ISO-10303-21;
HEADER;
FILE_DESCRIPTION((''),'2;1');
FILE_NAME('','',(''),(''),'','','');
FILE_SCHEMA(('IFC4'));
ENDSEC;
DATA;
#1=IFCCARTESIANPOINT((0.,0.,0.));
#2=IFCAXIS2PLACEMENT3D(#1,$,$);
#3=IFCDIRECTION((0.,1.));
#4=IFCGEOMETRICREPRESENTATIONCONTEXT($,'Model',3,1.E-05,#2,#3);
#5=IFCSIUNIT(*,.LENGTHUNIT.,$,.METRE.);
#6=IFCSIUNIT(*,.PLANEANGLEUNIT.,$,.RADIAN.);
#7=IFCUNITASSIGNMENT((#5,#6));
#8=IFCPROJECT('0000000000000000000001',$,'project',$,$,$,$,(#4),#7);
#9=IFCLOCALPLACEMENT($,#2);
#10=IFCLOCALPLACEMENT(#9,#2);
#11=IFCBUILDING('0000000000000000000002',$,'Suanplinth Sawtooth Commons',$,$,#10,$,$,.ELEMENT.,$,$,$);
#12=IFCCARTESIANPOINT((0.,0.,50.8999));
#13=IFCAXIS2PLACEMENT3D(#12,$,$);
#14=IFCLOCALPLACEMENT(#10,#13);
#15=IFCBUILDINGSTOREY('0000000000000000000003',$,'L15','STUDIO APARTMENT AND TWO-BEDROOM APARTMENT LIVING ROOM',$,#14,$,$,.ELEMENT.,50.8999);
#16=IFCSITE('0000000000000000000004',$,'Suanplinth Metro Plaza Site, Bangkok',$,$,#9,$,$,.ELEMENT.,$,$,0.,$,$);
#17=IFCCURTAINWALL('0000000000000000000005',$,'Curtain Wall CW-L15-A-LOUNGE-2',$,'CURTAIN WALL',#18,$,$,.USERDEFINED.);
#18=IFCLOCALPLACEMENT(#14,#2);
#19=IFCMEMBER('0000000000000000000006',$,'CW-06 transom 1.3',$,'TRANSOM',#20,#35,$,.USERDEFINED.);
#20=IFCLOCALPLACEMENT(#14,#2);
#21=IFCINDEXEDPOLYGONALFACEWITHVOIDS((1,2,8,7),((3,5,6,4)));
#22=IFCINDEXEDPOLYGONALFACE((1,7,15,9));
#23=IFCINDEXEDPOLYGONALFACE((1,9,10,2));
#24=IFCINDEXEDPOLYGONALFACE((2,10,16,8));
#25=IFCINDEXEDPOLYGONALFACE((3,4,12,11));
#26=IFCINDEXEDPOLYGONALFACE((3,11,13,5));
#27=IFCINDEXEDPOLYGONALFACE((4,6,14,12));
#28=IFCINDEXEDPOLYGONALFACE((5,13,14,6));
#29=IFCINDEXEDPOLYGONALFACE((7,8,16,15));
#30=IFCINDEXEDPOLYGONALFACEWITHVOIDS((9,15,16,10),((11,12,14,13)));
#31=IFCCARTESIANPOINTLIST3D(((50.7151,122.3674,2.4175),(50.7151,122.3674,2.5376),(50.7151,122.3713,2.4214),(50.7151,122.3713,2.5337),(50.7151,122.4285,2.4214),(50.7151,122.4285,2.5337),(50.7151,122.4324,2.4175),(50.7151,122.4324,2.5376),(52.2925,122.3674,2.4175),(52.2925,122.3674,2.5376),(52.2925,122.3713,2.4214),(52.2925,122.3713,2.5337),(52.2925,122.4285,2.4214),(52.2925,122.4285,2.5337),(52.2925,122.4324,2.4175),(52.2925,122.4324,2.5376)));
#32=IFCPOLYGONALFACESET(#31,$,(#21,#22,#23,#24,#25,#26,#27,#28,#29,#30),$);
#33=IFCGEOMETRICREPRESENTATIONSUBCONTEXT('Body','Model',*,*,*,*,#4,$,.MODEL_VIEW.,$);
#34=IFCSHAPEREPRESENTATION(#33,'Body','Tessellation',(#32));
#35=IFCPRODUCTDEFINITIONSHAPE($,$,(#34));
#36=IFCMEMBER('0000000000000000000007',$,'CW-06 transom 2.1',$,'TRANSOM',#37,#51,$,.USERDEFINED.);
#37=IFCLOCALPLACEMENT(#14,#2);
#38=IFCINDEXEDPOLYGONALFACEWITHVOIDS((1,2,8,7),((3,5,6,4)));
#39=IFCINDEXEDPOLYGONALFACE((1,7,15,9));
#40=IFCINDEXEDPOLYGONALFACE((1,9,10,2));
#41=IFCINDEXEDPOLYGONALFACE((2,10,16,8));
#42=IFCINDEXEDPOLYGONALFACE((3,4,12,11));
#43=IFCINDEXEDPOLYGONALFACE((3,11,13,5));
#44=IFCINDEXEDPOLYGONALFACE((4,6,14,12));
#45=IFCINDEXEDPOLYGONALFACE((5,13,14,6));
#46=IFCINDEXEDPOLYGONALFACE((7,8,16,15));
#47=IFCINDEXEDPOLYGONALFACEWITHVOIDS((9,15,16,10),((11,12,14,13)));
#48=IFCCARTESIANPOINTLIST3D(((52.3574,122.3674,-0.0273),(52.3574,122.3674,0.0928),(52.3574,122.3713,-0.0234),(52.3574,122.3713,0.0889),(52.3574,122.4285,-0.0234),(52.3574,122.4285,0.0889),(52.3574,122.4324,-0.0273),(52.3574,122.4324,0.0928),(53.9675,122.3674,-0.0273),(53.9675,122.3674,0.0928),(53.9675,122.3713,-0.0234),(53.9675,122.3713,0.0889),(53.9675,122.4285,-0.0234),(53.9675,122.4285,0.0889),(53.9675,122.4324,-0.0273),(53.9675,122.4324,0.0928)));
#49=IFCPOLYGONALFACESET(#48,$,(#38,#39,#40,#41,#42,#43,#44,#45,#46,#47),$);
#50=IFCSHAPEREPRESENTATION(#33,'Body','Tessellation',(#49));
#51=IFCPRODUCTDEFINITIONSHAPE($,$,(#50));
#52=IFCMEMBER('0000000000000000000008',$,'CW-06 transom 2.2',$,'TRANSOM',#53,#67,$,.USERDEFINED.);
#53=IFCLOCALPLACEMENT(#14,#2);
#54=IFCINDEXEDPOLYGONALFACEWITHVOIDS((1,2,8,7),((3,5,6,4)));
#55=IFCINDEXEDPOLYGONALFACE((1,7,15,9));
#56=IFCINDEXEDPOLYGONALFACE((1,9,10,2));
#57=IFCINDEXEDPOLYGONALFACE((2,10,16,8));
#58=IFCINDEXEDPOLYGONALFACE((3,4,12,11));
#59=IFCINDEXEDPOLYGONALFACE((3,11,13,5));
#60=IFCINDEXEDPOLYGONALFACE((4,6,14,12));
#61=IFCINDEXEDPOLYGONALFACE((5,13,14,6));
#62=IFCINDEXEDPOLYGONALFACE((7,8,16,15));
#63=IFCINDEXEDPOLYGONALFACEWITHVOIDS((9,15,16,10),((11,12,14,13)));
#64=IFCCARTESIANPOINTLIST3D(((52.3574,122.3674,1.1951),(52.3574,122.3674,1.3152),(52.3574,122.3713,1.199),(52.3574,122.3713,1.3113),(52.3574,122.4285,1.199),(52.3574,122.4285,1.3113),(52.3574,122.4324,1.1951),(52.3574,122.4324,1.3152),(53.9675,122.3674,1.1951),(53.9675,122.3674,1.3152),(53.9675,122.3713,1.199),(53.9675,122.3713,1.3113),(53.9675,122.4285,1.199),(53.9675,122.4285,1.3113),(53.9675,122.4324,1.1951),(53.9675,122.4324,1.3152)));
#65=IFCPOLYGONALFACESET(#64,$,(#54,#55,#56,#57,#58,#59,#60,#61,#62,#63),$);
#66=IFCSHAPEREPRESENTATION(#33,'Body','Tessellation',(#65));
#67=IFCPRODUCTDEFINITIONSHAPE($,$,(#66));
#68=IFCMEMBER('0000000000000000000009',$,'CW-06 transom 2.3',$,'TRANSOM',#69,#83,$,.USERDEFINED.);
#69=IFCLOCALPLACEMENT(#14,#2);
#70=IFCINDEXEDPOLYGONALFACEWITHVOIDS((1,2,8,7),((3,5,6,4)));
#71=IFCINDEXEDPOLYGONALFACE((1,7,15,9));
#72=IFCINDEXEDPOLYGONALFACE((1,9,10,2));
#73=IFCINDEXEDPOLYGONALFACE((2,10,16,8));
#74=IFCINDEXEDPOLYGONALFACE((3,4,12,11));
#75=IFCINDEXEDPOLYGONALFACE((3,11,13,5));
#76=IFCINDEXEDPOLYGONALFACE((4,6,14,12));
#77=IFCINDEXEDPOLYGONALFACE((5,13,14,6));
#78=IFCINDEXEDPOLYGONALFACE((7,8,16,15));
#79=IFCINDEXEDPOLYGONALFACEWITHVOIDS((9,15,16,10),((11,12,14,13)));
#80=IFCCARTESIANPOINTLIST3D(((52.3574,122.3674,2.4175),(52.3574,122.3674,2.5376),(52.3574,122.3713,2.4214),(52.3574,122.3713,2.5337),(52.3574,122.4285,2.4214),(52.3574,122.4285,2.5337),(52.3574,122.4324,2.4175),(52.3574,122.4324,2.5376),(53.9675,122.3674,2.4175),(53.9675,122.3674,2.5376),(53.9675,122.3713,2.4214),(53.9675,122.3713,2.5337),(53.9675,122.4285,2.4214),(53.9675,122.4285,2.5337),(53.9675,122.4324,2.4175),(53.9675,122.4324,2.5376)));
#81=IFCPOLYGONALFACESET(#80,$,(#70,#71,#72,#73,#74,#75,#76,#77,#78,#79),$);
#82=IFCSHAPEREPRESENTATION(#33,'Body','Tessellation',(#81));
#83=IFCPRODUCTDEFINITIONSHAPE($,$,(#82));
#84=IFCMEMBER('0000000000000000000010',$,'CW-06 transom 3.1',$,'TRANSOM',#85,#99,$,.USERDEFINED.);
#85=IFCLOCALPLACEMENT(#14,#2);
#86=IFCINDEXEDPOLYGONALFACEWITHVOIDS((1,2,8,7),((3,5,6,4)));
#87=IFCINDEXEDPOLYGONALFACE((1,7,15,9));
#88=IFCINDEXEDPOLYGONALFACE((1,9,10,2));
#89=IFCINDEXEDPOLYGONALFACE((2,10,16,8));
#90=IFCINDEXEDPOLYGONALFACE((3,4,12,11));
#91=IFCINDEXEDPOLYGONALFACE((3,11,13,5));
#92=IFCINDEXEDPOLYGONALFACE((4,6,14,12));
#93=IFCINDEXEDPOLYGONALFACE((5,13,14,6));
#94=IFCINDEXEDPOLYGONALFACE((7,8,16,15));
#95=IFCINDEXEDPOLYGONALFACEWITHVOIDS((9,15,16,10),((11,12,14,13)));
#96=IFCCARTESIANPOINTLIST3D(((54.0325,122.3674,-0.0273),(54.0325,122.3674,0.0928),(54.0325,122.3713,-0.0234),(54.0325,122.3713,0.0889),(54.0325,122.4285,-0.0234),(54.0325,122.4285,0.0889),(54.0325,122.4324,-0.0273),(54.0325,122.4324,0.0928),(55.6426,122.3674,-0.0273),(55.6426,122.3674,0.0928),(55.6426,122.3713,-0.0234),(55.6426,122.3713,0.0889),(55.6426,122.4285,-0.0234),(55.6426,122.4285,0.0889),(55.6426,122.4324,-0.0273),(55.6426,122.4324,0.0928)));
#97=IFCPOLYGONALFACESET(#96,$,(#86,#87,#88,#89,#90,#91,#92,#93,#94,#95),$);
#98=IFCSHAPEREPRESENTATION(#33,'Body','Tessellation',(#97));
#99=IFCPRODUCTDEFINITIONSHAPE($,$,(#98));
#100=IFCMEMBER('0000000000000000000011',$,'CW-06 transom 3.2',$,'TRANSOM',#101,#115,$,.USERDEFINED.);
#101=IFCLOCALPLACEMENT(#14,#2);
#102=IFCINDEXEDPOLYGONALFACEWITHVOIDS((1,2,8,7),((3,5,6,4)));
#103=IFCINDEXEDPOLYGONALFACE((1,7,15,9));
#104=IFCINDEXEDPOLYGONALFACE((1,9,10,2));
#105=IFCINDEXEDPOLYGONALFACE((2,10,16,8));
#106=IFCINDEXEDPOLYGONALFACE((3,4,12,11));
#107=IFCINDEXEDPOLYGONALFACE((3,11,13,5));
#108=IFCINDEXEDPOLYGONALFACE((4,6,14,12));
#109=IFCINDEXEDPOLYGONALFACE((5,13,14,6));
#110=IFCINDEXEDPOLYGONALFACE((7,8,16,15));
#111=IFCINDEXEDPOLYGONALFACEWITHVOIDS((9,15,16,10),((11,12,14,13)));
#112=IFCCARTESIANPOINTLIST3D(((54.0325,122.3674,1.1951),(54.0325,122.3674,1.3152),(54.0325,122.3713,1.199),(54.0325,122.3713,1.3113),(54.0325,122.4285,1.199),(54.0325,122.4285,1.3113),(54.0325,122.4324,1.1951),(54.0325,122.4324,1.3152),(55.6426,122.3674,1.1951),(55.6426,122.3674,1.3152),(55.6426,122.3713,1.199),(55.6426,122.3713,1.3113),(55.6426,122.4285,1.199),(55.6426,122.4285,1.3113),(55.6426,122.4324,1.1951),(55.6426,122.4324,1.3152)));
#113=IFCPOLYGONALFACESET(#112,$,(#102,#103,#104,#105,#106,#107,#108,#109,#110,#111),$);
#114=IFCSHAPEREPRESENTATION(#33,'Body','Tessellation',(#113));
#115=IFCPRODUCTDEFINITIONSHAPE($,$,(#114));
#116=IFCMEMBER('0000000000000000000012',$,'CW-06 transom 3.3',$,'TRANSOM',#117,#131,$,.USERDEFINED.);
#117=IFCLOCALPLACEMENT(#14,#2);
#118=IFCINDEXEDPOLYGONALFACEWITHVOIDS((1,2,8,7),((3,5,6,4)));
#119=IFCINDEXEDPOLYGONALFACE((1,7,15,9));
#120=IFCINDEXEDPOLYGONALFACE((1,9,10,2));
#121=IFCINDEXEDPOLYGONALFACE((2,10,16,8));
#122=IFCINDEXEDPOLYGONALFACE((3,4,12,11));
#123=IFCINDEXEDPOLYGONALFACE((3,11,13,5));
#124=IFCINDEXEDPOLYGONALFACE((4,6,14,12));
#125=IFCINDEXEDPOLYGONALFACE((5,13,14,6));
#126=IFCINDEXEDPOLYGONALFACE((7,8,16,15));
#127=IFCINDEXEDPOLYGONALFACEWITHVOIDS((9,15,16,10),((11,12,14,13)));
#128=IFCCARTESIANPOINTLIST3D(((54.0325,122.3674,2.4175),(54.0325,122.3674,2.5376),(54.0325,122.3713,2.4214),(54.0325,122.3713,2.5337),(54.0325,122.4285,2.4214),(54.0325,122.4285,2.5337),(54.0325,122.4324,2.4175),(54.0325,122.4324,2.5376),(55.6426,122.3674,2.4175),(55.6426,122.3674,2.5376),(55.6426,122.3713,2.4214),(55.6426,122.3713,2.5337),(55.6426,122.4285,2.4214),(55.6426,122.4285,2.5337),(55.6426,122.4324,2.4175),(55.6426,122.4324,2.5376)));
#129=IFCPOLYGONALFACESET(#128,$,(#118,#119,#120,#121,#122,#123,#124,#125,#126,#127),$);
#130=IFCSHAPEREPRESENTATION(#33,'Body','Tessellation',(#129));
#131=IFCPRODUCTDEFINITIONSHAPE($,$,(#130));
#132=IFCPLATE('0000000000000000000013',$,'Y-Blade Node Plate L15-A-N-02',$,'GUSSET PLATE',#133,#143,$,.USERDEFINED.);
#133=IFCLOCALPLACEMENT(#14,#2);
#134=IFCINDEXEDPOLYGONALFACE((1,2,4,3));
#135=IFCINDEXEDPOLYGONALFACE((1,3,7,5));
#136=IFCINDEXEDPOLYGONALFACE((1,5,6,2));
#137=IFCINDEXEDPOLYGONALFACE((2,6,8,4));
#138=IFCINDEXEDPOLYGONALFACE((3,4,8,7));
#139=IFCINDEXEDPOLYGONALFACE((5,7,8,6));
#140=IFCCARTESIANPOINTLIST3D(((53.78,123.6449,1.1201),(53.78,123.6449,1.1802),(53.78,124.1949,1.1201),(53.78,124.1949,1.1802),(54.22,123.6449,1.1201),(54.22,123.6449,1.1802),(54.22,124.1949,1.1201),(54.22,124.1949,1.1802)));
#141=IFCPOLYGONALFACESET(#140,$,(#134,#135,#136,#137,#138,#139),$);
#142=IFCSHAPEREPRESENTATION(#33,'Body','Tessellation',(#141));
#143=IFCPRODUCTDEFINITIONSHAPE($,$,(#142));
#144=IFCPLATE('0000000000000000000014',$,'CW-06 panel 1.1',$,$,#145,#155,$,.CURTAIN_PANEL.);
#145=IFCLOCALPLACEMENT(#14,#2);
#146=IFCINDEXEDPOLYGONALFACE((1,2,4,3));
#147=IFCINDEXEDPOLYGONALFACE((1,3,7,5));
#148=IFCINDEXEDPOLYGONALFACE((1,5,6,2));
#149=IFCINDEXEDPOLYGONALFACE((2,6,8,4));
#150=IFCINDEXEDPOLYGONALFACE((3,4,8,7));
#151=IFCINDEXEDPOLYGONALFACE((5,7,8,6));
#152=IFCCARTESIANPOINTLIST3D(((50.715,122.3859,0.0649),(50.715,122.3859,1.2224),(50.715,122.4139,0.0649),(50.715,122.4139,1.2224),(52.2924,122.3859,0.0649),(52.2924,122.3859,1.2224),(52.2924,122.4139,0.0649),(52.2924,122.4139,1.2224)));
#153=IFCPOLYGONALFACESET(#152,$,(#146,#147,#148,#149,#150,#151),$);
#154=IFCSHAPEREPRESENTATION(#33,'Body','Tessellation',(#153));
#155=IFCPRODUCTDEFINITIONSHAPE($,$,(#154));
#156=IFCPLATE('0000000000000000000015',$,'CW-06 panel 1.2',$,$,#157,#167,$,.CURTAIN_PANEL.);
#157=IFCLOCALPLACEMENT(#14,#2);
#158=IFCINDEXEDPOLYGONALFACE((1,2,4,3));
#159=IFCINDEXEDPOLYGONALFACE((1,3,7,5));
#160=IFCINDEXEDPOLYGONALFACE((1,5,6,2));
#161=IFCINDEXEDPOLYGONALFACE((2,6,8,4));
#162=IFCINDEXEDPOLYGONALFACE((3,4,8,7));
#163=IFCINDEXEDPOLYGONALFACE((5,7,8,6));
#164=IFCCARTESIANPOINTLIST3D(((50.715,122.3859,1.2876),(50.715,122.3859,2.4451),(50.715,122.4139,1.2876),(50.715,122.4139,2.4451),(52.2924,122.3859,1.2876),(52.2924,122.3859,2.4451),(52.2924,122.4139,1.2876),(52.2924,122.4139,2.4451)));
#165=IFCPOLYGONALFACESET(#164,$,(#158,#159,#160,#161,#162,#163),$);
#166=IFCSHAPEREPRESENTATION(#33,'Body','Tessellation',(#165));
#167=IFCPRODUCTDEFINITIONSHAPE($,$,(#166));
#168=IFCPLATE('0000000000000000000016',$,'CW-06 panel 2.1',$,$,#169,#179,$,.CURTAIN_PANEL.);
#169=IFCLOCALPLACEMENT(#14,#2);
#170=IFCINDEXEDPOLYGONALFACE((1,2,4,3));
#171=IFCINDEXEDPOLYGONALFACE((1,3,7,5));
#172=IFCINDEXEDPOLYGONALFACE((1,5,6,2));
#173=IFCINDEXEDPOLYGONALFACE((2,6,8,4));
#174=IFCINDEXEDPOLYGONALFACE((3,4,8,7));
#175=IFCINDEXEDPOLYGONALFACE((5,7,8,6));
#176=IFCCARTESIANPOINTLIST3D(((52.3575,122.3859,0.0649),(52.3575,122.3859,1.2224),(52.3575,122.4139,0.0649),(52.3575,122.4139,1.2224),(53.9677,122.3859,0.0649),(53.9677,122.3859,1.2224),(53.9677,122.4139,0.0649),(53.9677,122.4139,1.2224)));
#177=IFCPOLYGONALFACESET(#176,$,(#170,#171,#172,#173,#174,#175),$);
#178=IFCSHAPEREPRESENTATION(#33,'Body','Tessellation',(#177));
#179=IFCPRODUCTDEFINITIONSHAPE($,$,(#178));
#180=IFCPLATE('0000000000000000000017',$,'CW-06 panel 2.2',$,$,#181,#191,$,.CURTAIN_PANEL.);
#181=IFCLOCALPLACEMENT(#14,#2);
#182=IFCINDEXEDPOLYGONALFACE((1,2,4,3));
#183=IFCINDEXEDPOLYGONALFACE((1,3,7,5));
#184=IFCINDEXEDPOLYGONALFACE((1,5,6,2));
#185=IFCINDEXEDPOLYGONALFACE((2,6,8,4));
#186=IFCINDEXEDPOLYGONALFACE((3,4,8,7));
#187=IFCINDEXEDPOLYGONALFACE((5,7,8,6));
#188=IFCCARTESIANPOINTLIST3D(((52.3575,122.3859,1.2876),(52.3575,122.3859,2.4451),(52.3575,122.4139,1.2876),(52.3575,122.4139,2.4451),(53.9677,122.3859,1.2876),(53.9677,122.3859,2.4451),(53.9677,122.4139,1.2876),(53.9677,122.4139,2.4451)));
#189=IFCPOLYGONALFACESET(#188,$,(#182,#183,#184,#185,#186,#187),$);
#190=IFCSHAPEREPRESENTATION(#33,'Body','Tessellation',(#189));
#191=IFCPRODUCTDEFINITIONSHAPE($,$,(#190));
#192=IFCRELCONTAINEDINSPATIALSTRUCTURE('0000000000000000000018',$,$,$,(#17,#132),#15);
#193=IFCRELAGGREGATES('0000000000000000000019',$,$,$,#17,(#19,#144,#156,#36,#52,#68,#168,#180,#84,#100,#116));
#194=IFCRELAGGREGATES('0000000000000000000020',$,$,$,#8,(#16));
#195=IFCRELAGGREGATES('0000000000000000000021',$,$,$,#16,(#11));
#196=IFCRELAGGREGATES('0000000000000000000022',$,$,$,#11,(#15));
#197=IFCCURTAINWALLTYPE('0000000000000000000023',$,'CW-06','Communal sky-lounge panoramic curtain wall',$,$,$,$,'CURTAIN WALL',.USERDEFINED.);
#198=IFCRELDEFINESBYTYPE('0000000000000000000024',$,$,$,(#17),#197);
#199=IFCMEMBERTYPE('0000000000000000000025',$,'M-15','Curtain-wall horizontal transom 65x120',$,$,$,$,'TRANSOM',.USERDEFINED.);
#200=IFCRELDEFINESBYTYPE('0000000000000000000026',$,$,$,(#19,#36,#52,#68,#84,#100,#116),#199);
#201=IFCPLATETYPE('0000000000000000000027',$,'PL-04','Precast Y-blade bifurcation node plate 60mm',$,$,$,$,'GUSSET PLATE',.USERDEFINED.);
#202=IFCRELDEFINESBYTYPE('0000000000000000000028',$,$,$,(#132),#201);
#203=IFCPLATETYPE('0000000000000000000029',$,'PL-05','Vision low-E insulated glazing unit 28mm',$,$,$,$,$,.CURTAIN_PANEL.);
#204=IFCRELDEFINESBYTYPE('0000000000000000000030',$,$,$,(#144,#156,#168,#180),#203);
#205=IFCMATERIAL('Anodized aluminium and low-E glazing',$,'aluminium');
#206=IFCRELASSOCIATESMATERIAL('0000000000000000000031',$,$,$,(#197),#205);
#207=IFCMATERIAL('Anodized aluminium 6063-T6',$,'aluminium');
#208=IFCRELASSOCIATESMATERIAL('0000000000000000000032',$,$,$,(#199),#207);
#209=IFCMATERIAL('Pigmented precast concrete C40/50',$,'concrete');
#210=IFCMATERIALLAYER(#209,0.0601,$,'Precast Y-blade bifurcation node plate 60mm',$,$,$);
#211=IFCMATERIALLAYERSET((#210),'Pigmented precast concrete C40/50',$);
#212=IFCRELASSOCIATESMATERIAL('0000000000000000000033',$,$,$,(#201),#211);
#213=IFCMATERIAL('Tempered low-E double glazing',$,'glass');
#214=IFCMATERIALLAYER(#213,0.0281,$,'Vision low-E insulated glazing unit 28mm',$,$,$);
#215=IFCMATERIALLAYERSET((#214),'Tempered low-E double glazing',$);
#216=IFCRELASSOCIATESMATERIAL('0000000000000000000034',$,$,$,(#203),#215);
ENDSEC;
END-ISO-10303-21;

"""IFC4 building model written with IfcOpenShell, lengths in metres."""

from ifc_helpers import new_model, si_unit, direction, frame, origin, origin_2d, place, context, subcontext, project, spatial, rectangle, hollow_rectangle, extrude, material, layer, layer_set, material_profile, profile_set, type_object, element, aggregate, save


model = new_model("IFC4")

# Units and contexts
model_context = context("Model", 3, precision=1e-05, world=origin(), true_north=direction((0.0, 1.0)))
body_context = subcontext(model_context, "Body", "Model", "MODEL_VIEW")
ifc_project = project(units=[si_unit("LENGTHUNIT", "METRE"), si_unit("PLANEANGLEUNIT", "RADIAN")], contexts=[model_context])

# Site, building, storey
site_placement = place(None, origin())
site = spatial("IfcSite", under=ifc_project, at=site_placement, Name="Suanplinth Metro Plaza Site, Bangkok", CompositionType="ELEMENT", RefElevation=0.0)
building_placement = place(site_placement, origin())
building = spatial("IfcBuilding", under=site, at=building_placement, Name="Suanplinth Sawtooth Commons", CompositionType="ELEMENT")
storey_placement = place(building_placement, frame((0.0, 0.0, 50.8999)))
storey = spatial("IfcBuildingStorey", under=building, at=storey_placement, Name="L15", Description="STUDIO APARTMENT AND TWO-BEDROOM APARTMENT LIVING ROOM", CompositionType="ELEMENT", Elevation=50.8999)

# Shared definitions
ifc_material_1 = material(Name="Pigmented precast concrete C40/50", Category="concrete")

# Curtain wall, members
ifc_material_2 = material(Name="Anodized aluminium and low-E glazing", Category="aluminium")
curtain_wall_type = type_object("IfcCurtainWallType", Name="CW-06", Description="Communal sky-lounge panoramic curtain wall", ElementType="CURTAIN WALL", PredefinedType="USERDEFINED", material=ifc_material_2)
curtain_wall_placement = place(storey_placement, origin())
curtain_wall = element("IfcCurtainWall", 1, at=curtain_wall_placement, inside=storey, type_object=curtain_wall_type, Name="Curtain Wall CW-L15-A-LOUNGE-2", ObjectType="CURTAIN WALL", PredefinedType="USERDEFINED")
ifc_material_3 = material(Name="Anodized aluminium 6063-T6", Category="aluminium")
ifc_material_profile_1 = material_profile(ifc_material_3, hollow_rectangle(XDim=0.0649, YDim=0.1201, WallThickness=0.0039, at=origin_2d()), Name="ALU-TRN 65x120")
ifc_profile_set_1 = profile_set([ifc_material_profile_1], Name="Anodized aluminium 6063-T6")
member_type_1 = type_object("IfcMemberType", Name="M-15", Description="Curtain-wall horizontal transom 65x120", ElementType="TRANSOM", PredefinedType="USERDEFINED", material=ifc_profile_set_1)
member_1_placement = place(storey_placement, frame((50.7151, 122.3999, 2.4775), z_axis=(1.0, 0.0, 0.0), x_axis=(0.0, 1.0, 0.0)))
member_1 = element("IfcMember", 2, at=member_1_placement, type_object=member_type_1, Name="CW-06 transom 1.3", ObjectType="TRANSOM", PredefinedType="USERDEFINED", context=body_context, shape_type="SweptSolid", body=[
    extrude(hollow_rectangle(XDim=0.0649, YDim=0.1201, WallThickness=0.0039, at=origin_2d()), origin(), (0.0, 0.0, 1.0), 1.5774),
])
member_2_placement = place(storey_placement, frame((52.3574, 122.3999, 0.0327), z_axis=(1.0, 0.0, 0.0), x_axis=(0.0, 1.0, 0.0)))
member_2 = element("IfcMember", 3, at=member_2_placement, type_object=member_type_1, Name="CW-06 transom 2.1", ObjectType="TRANSOM", PredefinedType="USERDEFINED", context=body_context, shape_type="SweptSolid", body=[
    extrude(hollow_rectangle(XDim=0.0649, YDim=0.1201, WallThickness=0.0039, at=origin_2d()), origin(), (0.0, 0.0, 1.0), 1.6101),
])
member_3_placement = place(storey_placement, frame((52.3574, 122.3999, 1.2551), z_axis=(1.0, 0.0, 0.0), x_axis=(0.0, 1.0, 0.0)))
member_3 = element("IfcMember", 4, at=member_3_placement, type_object=member_type_1, Name="CW-06 transom 2.2", ObjectType="TRANSOM", PredefinedType="USERDEFINED", context=body_context, shape_type="SweptSolid", body=[
    extrude(hollow_rectangle(XDim=0.0649, YDim=0.1201, WallThickness=0.0039, at=origin_2d()), origin(), (0.0, 0.0, 1.0), 1.6101),
])
member_4_placement = place(storey_placement, frame((52.3574, 122.3999, 2.4775), z_axis=(1.0, 0.0, 0.0), x_axis=(0.0, 1.0, 0.0)))
member_4 = element("IfcMember", 5, at=member_4_placement, type_object=member_type_1, Name="CW-06 transom 2.3", ObjectType="TRANSOM", PredefinedType="USERDEFINED", context=body_context, shape_type="SweptSolid", body=[
    extrude(hollow_rectangle(XDim=0.0649, YDim=0.1201, WallThickness=0.0039, at=origin_2d()), origin(), (0.0, 0.0, 1.0), 1.6101),
])
member_5_placement = place(storey_placement, frame((54.0325, 122.3999, 0.0327), z_axis=(1.0, 0.0, 0.0), x_axis=(0.0, 1.0, 0.0)))
member_5 = element("IfcMember", 6, at=member_5_placement, type_object=member_type_1, Name="CW-06 transom 3.1", ObjectType="TRANSOM", PredefinedType="USERDEFINED", context=body_context, shape_type="SweptSolid", body=[
    extrude(hollow_rectangle(XDim=0.0649, YDim=0.1201, WallThickness=0.0039, at=origin_2d()), origin(), (0.0, 0.0, 1.0), 1.6101),
])
member_6_placement = place(storey_placement, frame((54.0325, 122.3999, 1.2551), z_axis=(1.0, 0.0, 0.0), x_axis=(0.0, 1.0, 0.0)))
member_6 = element("IfcMember", 7, at=member_6_placement, type_object=member_type_1, Name="CW-06 transom 3.2", ObjectType="TRANSOM", PredefinedType="USERDEFINED", context=body_context, shape_type="SweptSolid", body=[
    extrude(hollow_rectangle(XDim=0.0649, YDim=0.1201, WallThickness=0.0039, at=origin_2d()), origin(), (0.0, 0.0, 1.0), 1.6101),
])
member_7_placement = place(storey_placement, frame((54.0325, 122.3999, 2.4775), z_axis=(1.0, 0.0, 0.0), x_axis=(0.0, 1.0, 0.0)))
member_7 = element("IfcMember", 8, at=member_7_placement, type_object=member_type_1, Name="CW-06 transom 3.3", ObjectType="TRANSOM", PredefinedType="USERDEFINED", context=body_context, shape_type="SweptSolid", body=[
    extrude(hollow_rectangle(XDim=0.0649, YDim=0.1201, WallThickness=0.0039, at=origin_2d()), origin(), (0.0, 0.0, 1.0), 1.6101),
])

# Plates
ifc_layer_1 = layer(ifc_material_1, 0.0601, Name="Precast Y-blade bifurcation node plate 60mm")
ifc_layer_set_1 = layer_set([ifc_layer_1], Name="Pigmented precast concrete C40/50")
plate_type_1 = type_object("IfcPlateType", Name="PL-04", Description="Precast Y-blade bifurcation node plate 60mm", ElementType="GUSSET PLATE", PredefinedType="USERDEFINED", material=ifc_layer_set_1)
plate_1_placement = place(storey_placement, frame((54.0, 123.9199, 1.1201), z_axis=(0.0, 0.0, 1.0), x_axis=(1.0, 0.0, 0.0)))
element("IfcPlate", 9, at=plate_1_placement, inside=storey, type_object=plate_type_1, Name="Y-Blade Node Plate L15-A-N-02", ObjectType="GUSSET PLATE", PredefinedType="USERDEFINED", context=body_context, shape_type="SweptSolid", body=[
    extrude(rectangle(XDim=0.4399, YDim=0.55, at=origin_2d()), origin(), (0.0, 0.0, 1.0), 0.0601),
])
ifc_material_4 = material(Name="Tempered low-E double glazing", Category="glass")
ifc_layer_2 = layer(ifc_material_4, 0.0281, Name="Vision low-E insulated glazing unit 28mm")
ifc_layer_set_2 = layer_set([ifc_layer_2], Name="Tempered low-E double glazing")
plate_type_2 = type_object("IfcPlateType", Name="PL-05", Description="Vision low-E insulated glazing unit 28mm", PredefinedType="CURTAIN_PANEL", material=ifc_layer_set_2)
plate_2_placement = place(storey_placement, frame((51.5037, 122.3999, 0.0649), z_axis=(0.0, 0.0, 1.0), x_axis=(1.0, 0.0, 0.0)))
plate_2 = element("IfcPlate", 10, at=plate_2_placement, type_object=plate_type_2, Name="CW-06 panel 1.1", PredefinedType="CURTAIN_PANEL", context=body_context, shape_type="SweptSolid", body=[
    extrude(rectangle(XDim=1.5774, YDim=0.0281, at=origin_2d()), origin(), (0.0, 0.0, 1.0), 1.1575),
])
plate_3_placement = place(storey_placement, frame((51.5037, 122.3999, 1.2876), z_axis=(0.0, 0.0, 1.0), x_axis=(1.0, 0.0, 0.0)))
plate_3 = element("IfcPlate", 11, at=plate_3_placement, type_object=plate_type_2, Name="CW-06 panel 1.2", PredefinedType="CURTAIN_PANEL", context=body_context, shape_type="SweptSolid", body=[
    extrude(rectangle(XDim=1.5774, YDim=0.0281, at=origin_2d()), origin(), (0.0, 0.0, 1.0), 1.1575),
])
plate_4_placement = place(storey_placement, frame((53.1626, 122.3999, 0.0649), z_axis=(0.0, 0.0, 1.0), x_axis=(1.0, 0.0, 0.0)))
plate_4 = element("IfcPlate", 12, at=plate_4_placement, type_object=plate_type_2, Name="CW-06 panel 2.1", PredefinedType="CURTAIN_PANEL", context=body_context, shape_type="SweptSolid", body=[
    extrude(rectangle(XDim=1.6101, YDim=0.0281, at=origin_2d()), origin(), (0.0, 0.0, 1.0), 1.1575),
])
plate_5_placement = place(storey_placement, frame((53.1626, 122.3999, 1.2876), z_axis=(0.0, 0.0, 1.0), x_axis=(1.0, 0.0, 0.0)))
plate_5 = element("IfcPlate", 13, at=plate_5_placement, type_object=plate_type_2, Name="CW-06 panel 2.2", PredefinedType="CURTAIN_PANEL", context=body_context, shape_type="SweptSolid", body=[
    extrude(rectangle(XDim=1.6101, YDim=0.0281, at=origin_2d()), origin(), (0.0, 0.0, 1.0), 1.1575),
])
aggregate(curtain_wall, [member_1, plate_2, plate_3, member_2, member_3, member_4, plate_4, plate_5, member_5, member_6, member_7])

save(model, "model.ifc")
